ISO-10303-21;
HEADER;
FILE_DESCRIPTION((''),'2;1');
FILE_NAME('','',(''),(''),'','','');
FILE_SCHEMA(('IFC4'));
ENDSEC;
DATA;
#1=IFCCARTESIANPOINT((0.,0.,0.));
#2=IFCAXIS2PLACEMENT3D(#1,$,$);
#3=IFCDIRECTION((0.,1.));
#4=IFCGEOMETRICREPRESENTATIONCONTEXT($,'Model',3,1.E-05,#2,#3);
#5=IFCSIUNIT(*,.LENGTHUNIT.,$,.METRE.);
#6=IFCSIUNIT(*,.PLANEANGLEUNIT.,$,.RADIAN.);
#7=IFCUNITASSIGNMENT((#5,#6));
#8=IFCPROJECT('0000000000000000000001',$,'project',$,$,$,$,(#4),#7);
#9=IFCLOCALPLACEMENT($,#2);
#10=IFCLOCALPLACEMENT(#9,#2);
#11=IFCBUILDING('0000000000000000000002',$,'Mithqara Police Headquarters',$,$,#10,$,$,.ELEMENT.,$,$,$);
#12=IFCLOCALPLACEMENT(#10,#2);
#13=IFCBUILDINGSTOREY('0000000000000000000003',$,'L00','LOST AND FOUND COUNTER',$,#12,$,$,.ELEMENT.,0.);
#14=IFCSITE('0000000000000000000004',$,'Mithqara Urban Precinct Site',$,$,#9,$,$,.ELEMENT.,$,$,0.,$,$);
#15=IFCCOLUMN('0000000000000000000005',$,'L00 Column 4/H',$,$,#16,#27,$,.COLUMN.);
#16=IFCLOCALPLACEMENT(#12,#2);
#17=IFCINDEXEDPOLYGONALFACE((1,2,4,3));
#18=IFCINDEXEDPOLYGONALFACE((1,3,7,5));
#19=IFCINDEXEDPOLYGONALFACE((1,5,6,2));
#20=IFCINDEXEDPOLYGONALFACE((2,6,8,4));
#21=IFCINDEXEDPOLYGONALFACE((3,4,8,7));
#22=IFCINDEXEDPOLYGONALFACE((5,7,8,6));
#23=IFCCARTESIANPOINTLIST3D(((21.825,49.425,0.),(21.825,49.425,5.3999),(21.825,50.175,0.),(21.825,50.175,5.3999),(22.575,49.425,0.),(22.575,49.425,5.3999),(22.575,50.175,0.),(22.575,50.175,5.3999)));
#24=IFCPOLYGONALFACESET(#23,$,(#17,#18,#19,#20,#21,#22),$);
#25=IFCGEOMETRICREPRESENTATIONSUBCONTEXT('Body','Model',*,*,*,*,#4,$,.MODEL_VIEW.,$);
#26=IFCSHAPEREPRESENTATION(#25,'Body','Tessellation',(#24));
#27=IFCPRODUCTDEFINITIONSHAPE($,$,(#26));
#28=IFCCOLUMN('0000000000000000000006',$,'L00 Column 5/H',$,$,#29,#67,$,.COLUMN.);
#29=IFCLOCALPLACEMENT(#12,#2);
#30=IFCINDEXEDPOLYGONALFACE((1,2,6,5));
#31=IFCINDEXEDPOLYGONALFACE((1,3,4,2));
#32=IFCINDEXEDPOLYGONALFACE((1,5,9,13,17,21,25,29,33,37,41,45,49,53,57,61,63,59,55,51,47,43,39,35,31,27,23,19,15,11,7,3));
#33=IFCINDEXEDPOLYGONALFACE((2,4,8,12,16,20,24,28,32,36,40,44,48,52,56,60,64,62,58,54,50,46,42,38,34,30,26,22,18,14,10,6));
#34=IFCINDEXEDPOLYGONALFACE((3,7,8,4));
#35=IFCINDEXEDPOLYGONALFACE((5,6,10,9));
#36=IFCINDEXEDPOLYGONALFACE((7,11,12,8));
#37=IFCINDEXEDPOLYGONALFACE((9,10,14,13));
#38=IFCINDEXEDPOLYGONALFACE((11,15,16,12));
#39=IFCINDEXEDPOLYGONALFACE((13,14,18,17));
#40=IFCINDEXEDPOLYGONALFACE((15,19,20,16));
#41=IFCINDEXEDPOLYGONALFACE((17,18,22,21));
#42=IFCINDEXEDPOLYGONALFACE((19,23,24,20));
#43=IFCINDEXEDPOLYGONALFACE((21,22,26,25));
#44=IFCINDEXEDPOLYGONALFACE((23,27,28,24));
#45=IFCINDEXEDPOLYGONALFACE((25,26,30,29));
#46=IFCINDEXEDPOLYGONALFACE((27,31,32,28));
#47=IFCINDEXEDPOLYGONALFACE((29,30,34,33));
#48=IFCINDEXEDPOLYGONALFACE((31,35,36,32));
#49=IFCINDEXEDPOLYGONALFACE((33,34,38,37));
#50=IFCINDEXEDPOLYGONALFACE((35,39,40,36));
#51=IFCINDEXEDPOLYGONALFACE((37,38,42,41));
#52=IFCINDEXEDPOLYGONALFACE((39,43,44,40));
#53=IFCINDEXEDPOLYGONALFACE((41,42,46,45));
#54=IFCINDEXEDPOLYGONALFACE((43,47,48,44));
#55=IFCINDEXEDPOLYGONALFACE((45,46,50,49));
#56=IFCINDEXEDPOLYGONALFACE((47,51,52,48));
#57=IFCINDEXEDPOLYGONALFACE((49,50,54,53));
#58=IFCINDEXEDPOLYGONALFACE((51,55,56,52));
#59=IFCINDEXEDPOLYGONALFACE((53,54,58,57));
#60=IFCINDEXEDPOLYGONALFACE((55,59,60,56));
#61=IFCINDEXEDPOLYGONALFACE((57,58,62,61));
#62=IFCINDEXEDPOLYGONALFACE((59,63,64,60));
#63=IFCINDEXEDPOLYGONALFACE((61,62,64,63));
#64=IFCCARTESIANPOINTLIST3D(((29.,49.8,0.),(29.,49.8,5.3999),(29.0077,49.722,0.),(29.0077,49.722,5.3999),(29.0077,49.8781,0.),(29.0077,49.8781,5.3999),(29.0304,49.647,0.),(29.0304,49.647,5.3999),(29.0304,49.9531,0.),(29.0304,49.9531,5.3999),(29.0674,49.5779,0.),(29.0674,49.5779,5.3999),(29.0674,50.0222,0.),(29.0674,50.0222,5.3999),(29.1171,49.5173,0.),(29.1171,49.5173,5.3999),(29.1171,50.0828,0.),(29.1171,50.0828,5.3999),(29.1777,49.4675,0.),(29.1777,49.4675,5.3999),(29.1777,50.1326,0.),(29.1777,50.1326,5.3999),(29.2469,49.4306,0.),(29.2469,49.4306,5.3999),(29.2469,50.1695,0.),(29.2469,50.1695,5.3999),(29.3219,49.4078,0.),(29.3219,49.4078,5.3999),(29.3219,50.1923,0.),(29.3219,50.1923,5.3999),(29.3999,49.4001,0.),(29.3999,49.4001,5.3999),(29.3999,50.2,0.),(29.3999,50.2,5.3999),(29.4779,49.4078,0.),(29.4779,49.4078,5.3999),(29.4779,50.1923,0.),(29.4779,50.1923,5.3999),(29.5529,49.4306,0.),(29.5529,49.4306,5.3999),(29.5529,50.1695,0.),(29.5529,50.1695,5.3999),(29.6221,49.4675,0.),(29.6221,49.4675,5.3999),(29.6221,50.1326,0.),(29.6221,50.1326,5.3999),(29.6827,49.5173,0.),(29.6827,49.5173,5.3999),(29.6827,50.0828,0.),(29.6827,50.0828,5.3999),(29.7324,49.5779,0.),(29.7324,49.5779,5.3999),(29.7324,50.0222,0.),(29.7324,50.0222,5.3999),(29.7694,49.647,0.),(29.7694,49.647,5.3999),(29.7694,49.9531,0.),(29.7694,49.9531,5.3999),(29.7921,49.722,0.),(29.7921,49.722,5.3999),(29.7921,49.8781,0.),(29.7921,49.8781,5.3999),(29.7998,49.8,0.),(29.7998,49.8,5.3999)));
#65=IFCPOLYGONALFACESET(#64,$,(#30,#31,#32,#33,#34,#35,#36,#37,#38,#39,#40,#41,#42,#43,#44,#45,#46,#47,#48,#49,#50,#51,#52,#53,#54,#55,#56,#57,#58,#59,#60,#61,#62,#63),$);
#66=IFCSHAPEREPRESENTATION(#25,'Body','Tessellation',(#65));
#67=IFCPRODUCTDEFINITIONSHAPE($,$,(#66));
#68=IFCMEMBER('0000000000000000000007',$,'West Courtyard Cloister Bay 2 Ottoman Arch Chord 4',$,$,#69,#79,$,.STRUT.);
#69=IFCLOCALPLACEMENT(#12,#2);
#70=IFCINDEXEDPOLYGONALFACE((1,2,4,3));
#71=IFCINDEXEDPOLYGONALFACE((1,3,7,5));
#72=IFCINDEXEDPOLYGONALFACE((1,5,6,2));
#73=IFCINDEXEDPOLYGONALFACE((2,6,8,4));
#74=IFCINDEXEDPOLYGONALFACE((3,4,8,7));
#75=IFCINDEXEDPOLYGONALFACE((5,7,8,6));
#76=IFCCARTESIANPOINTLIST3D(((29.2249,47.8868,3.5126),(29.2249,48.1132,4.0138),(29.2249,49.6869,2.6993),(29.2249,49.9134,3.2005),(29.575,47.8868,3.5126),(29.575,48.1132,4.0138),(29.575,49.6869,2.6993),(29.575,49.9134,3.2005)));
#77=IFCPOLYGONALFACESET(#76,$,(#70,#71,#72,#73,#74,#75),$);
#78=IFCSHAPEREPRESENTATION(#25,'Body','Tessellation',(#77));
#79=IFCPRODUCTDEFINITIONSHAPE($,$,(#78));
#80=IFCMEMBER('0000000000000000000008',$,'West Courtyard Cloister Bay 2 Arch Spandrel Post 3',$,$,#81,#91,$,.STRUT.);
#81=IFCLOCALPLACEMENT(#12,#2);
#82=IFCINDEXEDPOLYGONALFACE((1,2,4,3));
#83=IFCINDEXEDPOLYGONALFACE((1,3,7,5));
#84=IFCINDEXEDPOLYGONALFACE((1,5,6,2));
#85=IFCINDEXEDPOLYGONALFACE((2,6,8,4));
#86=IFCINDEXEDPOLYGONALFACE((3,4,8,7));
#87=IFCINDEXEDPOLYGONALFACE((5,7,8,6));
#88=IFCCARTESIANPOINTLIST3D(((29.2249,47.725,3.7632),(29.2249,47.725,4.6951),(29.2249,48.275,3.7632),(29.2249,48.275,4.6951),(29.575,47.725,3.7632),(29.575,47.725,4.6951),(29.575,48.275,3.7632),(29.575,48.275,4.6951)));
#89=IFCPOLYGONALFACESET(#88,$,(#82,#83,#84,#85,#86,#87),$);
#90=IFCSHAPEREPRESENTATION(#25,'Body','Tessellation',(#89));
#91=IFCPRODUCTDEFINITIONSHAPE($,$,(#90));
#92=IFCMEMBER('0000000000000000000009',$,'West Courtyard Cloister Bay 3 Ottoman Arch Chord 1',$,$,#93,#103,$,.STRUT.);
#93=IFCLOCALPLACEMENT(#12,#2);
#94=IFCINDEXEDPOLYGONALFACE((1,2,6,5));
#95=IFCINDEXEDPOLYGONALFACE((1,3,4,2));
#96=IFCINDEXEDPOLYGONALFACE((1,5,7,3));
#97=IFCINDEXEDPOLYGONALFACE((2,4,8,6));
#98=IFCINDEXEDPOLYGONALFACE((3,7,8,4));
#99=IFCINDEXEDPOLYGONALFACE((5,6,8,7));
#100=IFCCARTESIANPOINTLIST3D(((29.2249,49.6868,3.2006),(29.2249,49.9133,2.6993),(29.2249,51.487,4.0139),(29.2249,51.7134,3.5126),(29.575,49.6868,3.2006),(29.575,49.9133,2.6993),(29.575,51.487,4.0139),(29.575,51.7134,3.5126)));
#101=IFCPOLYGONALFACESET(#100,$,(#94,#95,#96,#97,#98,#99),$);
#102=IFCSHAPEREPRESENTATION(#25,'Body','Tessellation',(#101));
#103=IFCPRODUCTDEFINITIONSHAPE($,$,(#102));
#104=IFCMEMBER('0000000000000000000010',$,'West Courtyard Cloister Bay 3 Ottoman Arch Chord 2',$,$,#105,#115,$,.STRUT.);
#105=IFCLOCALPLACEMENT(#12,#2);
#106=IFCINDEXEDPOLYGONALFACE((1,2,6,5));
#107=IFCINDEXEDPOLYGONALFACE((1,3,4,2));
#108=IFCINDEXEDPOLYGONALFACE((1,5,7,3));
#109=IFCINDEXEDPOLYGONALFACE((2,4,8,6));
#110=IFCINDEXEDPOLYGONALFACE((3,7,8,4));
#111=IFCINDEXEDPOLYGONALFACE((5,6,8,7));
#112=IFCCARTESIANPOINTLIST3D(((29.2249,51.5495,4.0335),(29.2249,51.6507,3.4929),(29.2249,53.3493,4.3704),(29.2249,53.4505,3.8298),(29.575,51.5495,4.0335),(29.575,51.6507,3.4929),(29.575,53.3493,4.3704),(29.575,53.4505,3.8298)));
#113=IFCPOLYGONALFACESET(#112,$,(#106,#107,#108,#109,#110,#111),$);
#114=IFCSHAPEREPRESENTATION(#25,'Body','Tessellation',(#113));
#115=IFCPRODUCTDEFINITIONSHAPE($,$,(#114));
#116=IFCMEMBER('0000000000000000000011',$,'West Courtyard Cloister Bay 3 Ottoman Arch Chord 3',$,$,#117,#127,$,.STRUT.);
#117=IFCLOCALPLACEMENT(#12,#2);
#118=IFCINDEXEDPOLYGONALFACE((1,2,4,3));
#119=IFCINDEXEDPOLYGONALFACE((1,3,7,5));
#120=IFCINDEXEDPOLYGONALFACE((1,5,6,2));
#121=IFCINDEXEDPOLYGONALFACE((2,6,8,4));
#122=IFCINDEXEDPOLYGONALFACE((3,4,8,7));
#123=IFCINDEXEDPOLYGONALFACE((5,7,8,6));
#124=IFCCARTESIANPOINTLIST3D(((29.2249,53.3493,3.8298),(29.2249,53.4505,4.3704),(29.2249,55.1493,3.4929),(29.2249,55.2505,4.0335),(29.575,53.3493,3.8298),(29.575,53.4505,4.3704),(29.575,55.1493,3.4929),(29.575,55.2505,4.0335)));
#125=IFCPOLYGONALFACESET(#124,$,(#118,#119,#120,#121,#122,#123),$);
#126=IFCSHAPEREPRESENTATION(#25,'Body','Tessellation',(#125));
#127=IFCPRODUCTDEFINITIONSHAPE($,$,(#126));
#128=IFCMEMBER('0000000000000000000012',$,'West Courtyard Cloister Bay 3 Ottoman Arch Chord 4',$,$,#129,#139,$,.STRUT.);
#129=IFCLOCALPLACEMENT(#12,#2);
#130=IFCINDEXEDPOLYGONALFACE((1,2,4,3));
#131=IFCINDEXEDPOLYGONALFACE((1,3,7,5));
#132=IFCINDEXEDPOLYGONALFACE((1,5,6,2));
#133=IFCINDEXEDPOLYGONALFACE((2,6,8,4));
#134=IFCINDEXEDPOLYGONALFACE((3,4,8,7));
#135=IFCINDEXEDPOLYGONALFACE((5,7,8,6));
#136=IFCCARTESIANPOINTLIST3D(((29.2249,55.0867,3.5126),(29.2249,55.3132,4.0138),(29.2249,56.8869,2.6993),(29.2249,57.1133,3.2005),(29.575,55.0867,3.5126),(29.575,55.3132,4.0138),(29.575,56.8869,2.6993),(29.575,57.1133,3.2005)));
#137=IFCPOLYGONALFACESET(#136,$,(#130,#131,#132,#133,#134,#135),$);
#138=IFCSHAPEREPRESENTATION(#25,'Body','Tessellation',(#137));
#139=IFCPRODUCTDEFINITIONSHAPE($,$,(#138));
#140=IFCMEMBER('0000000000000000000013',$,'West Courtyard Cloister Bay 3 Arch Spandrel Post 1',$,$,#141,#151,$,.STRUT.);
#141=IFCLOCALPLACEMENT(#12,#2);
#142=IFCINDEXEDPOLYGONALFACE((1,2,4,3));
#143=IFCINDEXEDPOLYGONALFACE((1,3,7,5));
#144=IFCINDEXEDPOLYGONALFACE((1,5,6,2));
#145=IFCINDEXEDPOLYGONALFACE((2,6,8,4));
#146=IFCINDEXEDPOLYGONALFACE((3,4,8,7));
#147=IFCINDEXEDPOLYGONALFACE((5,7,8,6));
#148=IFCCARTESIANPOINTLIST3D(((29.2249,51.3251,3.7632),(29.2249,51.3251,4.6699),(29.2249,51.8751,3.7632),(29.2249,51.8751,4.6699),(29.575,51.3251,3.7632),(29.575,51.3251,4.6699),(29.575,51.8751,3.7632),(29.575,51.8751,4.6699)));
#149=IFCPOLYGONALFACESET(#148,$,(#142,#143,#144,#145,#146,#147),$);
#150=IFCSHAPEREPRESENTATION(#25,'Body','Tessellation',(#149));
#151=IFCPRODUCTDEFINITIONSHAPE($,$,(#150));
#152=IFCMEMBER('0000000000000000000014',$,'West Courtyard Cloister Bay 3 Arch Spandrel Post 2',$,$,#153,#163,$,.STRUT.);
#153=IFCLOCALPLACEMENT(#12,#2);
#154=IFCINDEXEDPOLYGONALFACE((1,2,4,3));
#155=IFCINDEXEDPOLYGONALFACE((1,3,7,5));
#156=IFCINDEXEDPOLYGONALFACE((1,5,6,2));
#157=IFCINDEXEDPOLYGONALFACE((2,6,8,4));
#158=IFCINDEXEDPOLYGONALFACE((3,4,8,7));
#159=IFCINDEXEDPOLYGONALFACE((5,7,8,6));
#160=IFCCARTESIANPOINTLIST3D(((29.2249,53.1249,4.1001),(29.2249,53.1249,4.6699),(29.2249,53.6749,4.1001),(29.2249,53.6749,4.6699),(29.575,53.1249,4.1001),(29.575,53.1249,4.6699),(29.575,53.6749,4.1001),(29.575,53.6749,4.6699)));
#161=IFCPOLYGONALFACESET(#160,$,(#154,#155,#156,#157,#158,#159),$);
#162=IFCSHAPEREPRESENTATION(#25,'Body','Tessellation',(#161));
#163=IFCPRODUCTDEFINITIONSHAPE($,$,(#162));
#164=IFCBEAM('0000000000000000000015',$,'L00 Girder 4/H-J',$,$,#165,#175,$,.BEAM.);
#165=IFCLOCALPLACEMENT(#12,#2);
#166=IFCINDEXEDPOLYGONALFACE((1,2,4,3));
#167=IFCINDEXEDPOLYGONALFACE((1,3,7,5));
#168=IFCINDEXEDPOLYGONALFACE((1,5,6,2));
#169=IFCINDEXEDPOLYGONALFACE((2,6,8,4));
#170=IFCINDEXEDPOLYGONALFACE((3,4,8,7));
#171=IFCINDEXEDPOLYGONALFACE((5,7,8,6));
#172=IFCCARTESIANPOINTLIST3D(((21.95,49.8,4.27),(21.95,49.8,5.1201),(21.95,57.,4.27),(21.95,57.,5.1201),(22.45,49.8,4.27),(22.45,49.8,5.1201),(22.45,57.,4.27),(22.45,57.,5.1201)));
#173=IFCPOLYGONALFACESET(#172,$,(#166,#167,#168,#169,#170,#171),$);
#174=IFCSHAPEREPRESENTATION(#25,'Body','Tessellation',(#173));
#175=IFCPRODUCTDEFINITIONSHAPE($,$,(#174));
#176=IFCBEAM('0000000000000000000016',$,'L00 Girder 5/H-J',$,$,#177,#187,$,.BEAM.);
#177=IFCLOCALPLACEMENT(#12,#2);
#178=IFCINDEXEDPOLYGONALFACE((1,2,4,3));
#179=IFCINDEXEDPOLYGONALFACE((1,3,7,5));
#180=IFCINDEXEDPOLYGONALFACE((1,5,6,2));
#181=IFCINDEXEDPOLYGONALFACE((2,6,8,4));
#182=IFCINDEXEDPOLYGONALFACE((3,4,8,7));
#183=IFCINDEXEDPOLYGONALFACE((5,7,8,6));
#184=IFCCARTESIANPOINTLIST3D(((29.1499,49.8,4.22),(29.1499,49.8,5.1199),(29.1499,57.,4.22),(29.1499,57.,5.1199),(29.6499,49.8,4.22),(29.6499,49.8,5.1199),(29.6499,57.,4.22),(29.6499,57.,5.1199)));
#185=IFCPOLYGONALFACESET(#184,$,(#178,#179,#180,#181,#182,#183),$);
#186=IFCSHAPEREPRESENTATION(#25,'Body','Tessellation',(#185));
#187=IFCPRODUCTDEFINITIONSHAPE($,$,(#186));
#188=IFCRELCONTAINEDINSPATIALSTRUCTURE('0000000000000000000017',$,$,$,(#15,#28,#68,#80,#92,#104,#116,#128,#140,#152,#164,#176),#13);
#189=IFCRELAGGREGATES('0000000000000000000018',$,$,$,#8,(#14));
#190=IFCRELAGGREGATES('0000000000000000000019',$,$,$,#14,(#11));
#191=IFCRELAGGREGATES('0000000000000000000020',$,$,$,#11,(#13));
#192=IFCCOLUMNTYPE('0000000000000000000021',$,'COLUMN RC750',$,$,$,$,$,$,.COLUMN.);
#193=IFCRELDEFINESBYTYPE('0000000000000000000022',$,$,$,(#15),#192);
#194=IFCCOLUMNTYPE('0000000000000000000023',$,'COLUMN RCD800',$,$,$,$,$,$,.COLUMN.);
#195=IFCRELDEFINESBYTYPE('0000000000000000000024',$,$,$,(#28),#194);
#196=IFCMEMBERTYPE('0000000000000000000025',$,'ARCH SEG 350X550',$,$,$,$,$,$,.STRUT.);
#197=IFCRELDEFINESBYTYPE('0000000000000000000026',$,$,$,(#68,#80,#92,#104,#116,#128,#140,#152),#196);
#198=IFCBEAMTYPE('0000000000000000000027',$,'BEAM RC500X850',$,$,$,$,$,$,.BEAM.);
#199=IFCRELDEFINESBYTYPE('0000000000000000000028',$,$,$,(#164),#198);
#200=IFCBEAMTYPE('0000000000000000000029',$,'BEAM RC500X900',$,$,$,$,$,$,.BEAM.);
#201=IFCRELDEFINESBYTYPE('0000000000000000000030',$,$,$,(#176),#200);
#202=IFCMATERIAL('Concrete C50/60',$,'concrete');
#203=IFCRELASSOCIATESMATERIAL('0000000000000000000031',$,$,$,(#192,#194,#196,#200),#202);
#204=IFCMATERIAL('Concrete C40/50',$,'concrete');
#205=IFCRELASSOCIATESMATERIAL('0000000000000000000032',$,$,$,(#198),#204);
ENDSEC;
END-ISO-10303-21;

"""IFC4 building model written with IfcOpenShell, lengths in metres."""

from ifc_helpers import new_model, si_unit, direction, frame, origin, origin_2d, place, context, subcontext, project, spatial, rectangle, circle, extrude, material, material_profile, profile_set, type_object, element, save


model = new_model("IFC4")

# Units and contexts
model_context = context("Model", 3, precision=1e-05, world=origin(), true_north=direction((0.0, 1.0)))
body_context = subcontext(model_context, "Body", "Model", "MODEL_VIEW")
ifc_project = project(units=[si_unit("LENGTHUNIT", "METRE"), si_unit("PLANEANGLEUNIT", "RADIAN")], contexts=[model_context])

# Site, building, storey
site_placement = place(None, origin())
site = spatial("IfcSite", under=ifc_project, at=site_placement, Name="Mithqara Urban Precinct Site", CompositionType="ELEMENT", RefElevation=0.0)
building_placement = place(site_placement, origin())
building = spatial("IfcBuilding", under=site, at=building_placement, Name="Mithqara Police Headquarters", CompositionType="ELEMENT")
storey_placement = place(building_placement, origin())
storey = spatial("IfcBuildingStorey", under=building, at=storey_placement, Name="L00", Description="LOST AND FOUND COUNTER", CompositionType="ELEMENT", Elevation=0.0)

# Columns
ifc_material_1 = material(Name="Concrete C50/60", Category="concrete")
ifc_material_profile_1 = material_profile(ifc_material_1, rectangle(XDim=0.75, YDim=0.75, at=origin_2d()), Name="RC 750x750")
ifc_profile_set_1 = profile_set([ifc_material_profile_1], Name="Concrete C50/60")
column_type_1 = type_object("IfcColumnType", Name="COLUMN RC750", PredefinedType="COLUMN", material=ifc_profile_set_1)
column_1_placement = place(storey_placement, frame((22.2, 49.8, 0.0), z_axis=(0.0, 0.0, 1.0), x_axis=(1.0, 0.0, 0.0)))
element("IfcColumn", 1, at=column_1_placement, inside=storey, type_object=column_type_1, Name="L00 Column 4/H", PredefinedType="COLUMN", context=body_context, shape_type="SweptSolid", body=[
    extrude(rectangle(XDim=0.75, YDim=0.75, at=origin_2d()), origin(), (0.0, 0.0, 1.0), 5.3999),
])
ifc_material_profile_2 = material_profile(ifc_material_1, circle(Radius=0.3999, at=origin_2d()), Name="RCD 800")
ifc_profile_set_2 = profile_set([ifc_material_profile_2], Name="Concrete C50/60")
column_type_2 = type_object("IfcColumnType", Name="COLUMN RCD800", PredefinedType="COLUMN", material=ifc_profile_set_2)
column_2_placement = place(storey_placement, frame((29.3999, 49.8, 0.0), z_axis=(0.0, 0.0, 1.0), x_axis=(1.0, 0.0, 0.0)))
element("IfcColumn", 2, at=column_2_placement, inside=storey, type_object=column_type_2, Name="L00 Column 5/H", PredefinedType="COLUMN", context=body_context, shape_type="SweptSolid", body=[
    extrude(circle(Radius=0.3999, at=origin_2d()), origin(), (0.0, 0.0, 1.0), 5.3999),
])

# Members
ifc_material_profile_3 = material_profile(ifc_material_1, rectangle(XDim=0.3501, YDim=0.55, at=origin_2d()), Name="ARC 350x550")
ifc_profile_set_3 = profile_set([ifc_material_profile_3], Name="Concrete C50/60")
member_type_1 = type_object("IfcMemberType", Name="ARCH SEG 350X550", PredefinedType="STRUT", material=ifc_profile_set_3)
member_1_placement = place(storey_placement, frame((29.3999, 48.0, 3.7632), z_axis=(0.0, 0.911312, -0.411716), x_axis=(-1.0, 0.0, 0.0)))
element("IfcMember", 3, at=member_1_placement, inside=storey, type_object=member_type_1, Name="West Courtyard Cloister Bay 2 Ottoman Arch Chord 4", PredefinedType="STRUT", context=body_context, shape_type="SweptSolid", body=[
    extrude(rectangle(XDim=0.3501, YDim=0.55, at=origin_2d()), origin(), (0.0, 0.0, 1.0), 1.9753),
])
member_2_placement = place(storey_placement, frame((29.3999, 48.0, 3.7632), z_axis=(0.0, 0.0, 1.0), x_axis=(1.0, 0.0, 0.0)))
element("IfcMember", 4, at=member_2_placement, inside=storey, type_object=member_type_1, Name="West Courtyard Cloister Bay 2 Arch Spandrel Post 3", PredefinedType="STRUT", context=body_context, shape_type="SweptSolid", body=[
    extrude(rectangle(XDim=0.3501, YDim=0.55, at=origin_2d()), origin(), (0.0, 0.0, 1.0), 0.9319),
])
member_3_placement = place(storey_placement, frame((29.3999, 49.8, 2.95), z_axis=(0.0, 0.911312, 0.411716), x_axis=(-1.0, 0.0, 0.0)))
element("IfcMember", 5, at=member_3_placement, inside=storey, type_object=member_type_1, Name="West Courtyard Cloister Bay 3 Ottoman Arch Chord 1", PredefinedType="STRUT", context=body_context, shape_type="SweptSolid", body=[
    extrude(rectangle(XDim=0.3501, YDim=0.55, at=origin_2d()), origin(), (0.0, 0.0, 1.0), 1.9753),
])
member_4_placement = place(storey_placement, frame((29.3999, 51.6001, 3.7632), z_axis=(0.0, 0.982926, 0.183999), x_axis=(-1.0, 0.0, 0.0)))
element("IfcMember", 6, at=member_4_placement, inside=storey, type_object=member_type_1, Name="West Courtyard Cloister Bay 3 Ottoman Arch Chord 2", PredefinedType="STRUT", context=body_context, shape_type="SweptSolid", body=[
    extrude(rectangle(XDim=0.3501, YDim=0.55, at=origin_2d()), origin(), (0.0, 0.0, 1.0), 1.8311),
])
member_5_placement = place(storey_placement, frame((29.3999, 53.3999, 4.1001), z_axis=(0.0, 0.982931, -0.183975), x_axis=(-1.0, 0.0, 0.0)))
element("IfcMember", 7, at=member_5_placement, inside=storey, type_object=member_type_1, Name="West Courtyard Cloister Bay 3 Ottoman Arch Chord 3", PredefinedType="STRUT", context=body_context, shape_type="SweptSolid", body=[
    extrude(rectangle(XDim=0.3501, YDim=0.55, at=origin_2d()), origin(), (0.0, 0.0, 1.0), 1.8313),
])
member_6_placement = place(storey_placement, frame((29.3999, 55.2, 3.7632), z_axis=(0.0, 0.911312, -0.411716), x_axis=(-1.0, 0.0, 0.0)))
element("IfcMember", 8, at=member_6_placement, inside=storey, type_object=member_type_1, Name="West Courtyard Cloister Bay 3 Ottoman Arch Chord 4", PredefinedType="STRUT", context=body_context, shape_type="SweptSolid", body=[
    extrude(rectangle(XDim=0.3501, YDim=0.55, at=origin_2d()), origin(), (0.0, 0.0, 1.0), 1.9753),
])
member_7_placement = place(storey_placement, frame((29.3999, 51.6001, 3.7632), z_axis=(0.0, 0.0, 1.0), x_axis=(1.0, 0.0, 0.0)))
element("IfcMember", 9, at=member_7_placement, inside=storey, type_object=member_type_1, Name="West Courtyard Cloister Bay 3 Arch Spandrel Post 1", PredefinedType="STRUT", context=body_context, shape_type="SweptSolid", body=[
    extrude(rectangle(XDim=0.3501, YDim=0.55, at=origin_2d()), origin(), (0.0, 0.0, 1.0), 0.9067),
])
member_8_placement = place(storey_placement, frame((29.3999, 53.3999, 4.1001), z_axis=(0.0, 0.0, 1.0), x_axis=(1.0, 0.0, 0.0)))
element("IfcMember", 10, at=member_8_placement, inside=storey, type_object=member_type_1, Name="West Courtyard Cloister Bay 3 Arch Spandrel Post 2", PredefinedType="STRUT", context=body_context, shape_type="SweptSolid", body=[
    extrude(rectangle(XDim=0.3501, YDim=0.55, at=origin_2d()), origin(), (0.0, 0.0, 1.0), 0.5698),
])

# Beams
ifc_material_2 = material(Name="Concrete C40/50", Category="concrete")
ifc_material_profile_4 = material_profile(ifc_material_2, rectangle(XDim=0.5, YDim=0.8501, at=origin_2d()), Name="RC 500x850")
ifc_profile_set_4 = profile_set([ifc_material_profile_4], Name="Concrete C40/50")
beam_type_1 = type_object("IfcBeamType", Name="BEAM RC500X850", PredefinedType="BEAM", material=ifc_profile_set_4)
beam_1_placement = place(storey_placement, frame((22.2, 49.8, 4.6951), z_axis=(0.0, 1.0, 0.0), x_axis=(-1.0, 0.0, 0.0)))
element("IfcBeam", 11, at=beam_1_placement, inside=storey, type_object=beam_type_1, Name="L00 Girder 4/H-J", PredefinedType="BEAM", context=body_context, shape_type="SweptSolid", body=[
    extrude(rectangle(XDim=0.5, YDim=0.8501, at=origin_2d()), origin(), (0.0, 0.0, 1.0), 7.2),
])
ifc_material_profile_5 = material_profile(ifc_material_1, rectangle(XDim=0.5, YDim=0.8999, at=origin_2d()), Name="RC 500x900")
ifc_profile_set_5 = profile_set([ifc_material_profile_5], Name="Concrete C50/60")
beam_type_2 = type_object("IfcBeamType", Name="BEAM RC500X900", PredefinedType="BEAM", material=ifc_profile_set_5)
beam_2_placement = place(storey_placement, frame((29.3999, 49.8, 4.6699), z_axis=(0.0, 1.0, 0.0), x_axis=(-1.0, 0.0, 0.0)))
element("IfcBeam", 12, at=beam_2_placement, inside=storey, type_object=beam_type_2, Name="L00 Girder 5/H-J", PredefinedType="BEAM", context=body_context, shape_type="SweptSolid", body=[
    extrude(rectangle(XDim=0.5, YDim=0.8999, at=origin_2d()), origin(), (0.0, 0.0, 1.0), 7.2),
])

save(model, "model.ifc")
